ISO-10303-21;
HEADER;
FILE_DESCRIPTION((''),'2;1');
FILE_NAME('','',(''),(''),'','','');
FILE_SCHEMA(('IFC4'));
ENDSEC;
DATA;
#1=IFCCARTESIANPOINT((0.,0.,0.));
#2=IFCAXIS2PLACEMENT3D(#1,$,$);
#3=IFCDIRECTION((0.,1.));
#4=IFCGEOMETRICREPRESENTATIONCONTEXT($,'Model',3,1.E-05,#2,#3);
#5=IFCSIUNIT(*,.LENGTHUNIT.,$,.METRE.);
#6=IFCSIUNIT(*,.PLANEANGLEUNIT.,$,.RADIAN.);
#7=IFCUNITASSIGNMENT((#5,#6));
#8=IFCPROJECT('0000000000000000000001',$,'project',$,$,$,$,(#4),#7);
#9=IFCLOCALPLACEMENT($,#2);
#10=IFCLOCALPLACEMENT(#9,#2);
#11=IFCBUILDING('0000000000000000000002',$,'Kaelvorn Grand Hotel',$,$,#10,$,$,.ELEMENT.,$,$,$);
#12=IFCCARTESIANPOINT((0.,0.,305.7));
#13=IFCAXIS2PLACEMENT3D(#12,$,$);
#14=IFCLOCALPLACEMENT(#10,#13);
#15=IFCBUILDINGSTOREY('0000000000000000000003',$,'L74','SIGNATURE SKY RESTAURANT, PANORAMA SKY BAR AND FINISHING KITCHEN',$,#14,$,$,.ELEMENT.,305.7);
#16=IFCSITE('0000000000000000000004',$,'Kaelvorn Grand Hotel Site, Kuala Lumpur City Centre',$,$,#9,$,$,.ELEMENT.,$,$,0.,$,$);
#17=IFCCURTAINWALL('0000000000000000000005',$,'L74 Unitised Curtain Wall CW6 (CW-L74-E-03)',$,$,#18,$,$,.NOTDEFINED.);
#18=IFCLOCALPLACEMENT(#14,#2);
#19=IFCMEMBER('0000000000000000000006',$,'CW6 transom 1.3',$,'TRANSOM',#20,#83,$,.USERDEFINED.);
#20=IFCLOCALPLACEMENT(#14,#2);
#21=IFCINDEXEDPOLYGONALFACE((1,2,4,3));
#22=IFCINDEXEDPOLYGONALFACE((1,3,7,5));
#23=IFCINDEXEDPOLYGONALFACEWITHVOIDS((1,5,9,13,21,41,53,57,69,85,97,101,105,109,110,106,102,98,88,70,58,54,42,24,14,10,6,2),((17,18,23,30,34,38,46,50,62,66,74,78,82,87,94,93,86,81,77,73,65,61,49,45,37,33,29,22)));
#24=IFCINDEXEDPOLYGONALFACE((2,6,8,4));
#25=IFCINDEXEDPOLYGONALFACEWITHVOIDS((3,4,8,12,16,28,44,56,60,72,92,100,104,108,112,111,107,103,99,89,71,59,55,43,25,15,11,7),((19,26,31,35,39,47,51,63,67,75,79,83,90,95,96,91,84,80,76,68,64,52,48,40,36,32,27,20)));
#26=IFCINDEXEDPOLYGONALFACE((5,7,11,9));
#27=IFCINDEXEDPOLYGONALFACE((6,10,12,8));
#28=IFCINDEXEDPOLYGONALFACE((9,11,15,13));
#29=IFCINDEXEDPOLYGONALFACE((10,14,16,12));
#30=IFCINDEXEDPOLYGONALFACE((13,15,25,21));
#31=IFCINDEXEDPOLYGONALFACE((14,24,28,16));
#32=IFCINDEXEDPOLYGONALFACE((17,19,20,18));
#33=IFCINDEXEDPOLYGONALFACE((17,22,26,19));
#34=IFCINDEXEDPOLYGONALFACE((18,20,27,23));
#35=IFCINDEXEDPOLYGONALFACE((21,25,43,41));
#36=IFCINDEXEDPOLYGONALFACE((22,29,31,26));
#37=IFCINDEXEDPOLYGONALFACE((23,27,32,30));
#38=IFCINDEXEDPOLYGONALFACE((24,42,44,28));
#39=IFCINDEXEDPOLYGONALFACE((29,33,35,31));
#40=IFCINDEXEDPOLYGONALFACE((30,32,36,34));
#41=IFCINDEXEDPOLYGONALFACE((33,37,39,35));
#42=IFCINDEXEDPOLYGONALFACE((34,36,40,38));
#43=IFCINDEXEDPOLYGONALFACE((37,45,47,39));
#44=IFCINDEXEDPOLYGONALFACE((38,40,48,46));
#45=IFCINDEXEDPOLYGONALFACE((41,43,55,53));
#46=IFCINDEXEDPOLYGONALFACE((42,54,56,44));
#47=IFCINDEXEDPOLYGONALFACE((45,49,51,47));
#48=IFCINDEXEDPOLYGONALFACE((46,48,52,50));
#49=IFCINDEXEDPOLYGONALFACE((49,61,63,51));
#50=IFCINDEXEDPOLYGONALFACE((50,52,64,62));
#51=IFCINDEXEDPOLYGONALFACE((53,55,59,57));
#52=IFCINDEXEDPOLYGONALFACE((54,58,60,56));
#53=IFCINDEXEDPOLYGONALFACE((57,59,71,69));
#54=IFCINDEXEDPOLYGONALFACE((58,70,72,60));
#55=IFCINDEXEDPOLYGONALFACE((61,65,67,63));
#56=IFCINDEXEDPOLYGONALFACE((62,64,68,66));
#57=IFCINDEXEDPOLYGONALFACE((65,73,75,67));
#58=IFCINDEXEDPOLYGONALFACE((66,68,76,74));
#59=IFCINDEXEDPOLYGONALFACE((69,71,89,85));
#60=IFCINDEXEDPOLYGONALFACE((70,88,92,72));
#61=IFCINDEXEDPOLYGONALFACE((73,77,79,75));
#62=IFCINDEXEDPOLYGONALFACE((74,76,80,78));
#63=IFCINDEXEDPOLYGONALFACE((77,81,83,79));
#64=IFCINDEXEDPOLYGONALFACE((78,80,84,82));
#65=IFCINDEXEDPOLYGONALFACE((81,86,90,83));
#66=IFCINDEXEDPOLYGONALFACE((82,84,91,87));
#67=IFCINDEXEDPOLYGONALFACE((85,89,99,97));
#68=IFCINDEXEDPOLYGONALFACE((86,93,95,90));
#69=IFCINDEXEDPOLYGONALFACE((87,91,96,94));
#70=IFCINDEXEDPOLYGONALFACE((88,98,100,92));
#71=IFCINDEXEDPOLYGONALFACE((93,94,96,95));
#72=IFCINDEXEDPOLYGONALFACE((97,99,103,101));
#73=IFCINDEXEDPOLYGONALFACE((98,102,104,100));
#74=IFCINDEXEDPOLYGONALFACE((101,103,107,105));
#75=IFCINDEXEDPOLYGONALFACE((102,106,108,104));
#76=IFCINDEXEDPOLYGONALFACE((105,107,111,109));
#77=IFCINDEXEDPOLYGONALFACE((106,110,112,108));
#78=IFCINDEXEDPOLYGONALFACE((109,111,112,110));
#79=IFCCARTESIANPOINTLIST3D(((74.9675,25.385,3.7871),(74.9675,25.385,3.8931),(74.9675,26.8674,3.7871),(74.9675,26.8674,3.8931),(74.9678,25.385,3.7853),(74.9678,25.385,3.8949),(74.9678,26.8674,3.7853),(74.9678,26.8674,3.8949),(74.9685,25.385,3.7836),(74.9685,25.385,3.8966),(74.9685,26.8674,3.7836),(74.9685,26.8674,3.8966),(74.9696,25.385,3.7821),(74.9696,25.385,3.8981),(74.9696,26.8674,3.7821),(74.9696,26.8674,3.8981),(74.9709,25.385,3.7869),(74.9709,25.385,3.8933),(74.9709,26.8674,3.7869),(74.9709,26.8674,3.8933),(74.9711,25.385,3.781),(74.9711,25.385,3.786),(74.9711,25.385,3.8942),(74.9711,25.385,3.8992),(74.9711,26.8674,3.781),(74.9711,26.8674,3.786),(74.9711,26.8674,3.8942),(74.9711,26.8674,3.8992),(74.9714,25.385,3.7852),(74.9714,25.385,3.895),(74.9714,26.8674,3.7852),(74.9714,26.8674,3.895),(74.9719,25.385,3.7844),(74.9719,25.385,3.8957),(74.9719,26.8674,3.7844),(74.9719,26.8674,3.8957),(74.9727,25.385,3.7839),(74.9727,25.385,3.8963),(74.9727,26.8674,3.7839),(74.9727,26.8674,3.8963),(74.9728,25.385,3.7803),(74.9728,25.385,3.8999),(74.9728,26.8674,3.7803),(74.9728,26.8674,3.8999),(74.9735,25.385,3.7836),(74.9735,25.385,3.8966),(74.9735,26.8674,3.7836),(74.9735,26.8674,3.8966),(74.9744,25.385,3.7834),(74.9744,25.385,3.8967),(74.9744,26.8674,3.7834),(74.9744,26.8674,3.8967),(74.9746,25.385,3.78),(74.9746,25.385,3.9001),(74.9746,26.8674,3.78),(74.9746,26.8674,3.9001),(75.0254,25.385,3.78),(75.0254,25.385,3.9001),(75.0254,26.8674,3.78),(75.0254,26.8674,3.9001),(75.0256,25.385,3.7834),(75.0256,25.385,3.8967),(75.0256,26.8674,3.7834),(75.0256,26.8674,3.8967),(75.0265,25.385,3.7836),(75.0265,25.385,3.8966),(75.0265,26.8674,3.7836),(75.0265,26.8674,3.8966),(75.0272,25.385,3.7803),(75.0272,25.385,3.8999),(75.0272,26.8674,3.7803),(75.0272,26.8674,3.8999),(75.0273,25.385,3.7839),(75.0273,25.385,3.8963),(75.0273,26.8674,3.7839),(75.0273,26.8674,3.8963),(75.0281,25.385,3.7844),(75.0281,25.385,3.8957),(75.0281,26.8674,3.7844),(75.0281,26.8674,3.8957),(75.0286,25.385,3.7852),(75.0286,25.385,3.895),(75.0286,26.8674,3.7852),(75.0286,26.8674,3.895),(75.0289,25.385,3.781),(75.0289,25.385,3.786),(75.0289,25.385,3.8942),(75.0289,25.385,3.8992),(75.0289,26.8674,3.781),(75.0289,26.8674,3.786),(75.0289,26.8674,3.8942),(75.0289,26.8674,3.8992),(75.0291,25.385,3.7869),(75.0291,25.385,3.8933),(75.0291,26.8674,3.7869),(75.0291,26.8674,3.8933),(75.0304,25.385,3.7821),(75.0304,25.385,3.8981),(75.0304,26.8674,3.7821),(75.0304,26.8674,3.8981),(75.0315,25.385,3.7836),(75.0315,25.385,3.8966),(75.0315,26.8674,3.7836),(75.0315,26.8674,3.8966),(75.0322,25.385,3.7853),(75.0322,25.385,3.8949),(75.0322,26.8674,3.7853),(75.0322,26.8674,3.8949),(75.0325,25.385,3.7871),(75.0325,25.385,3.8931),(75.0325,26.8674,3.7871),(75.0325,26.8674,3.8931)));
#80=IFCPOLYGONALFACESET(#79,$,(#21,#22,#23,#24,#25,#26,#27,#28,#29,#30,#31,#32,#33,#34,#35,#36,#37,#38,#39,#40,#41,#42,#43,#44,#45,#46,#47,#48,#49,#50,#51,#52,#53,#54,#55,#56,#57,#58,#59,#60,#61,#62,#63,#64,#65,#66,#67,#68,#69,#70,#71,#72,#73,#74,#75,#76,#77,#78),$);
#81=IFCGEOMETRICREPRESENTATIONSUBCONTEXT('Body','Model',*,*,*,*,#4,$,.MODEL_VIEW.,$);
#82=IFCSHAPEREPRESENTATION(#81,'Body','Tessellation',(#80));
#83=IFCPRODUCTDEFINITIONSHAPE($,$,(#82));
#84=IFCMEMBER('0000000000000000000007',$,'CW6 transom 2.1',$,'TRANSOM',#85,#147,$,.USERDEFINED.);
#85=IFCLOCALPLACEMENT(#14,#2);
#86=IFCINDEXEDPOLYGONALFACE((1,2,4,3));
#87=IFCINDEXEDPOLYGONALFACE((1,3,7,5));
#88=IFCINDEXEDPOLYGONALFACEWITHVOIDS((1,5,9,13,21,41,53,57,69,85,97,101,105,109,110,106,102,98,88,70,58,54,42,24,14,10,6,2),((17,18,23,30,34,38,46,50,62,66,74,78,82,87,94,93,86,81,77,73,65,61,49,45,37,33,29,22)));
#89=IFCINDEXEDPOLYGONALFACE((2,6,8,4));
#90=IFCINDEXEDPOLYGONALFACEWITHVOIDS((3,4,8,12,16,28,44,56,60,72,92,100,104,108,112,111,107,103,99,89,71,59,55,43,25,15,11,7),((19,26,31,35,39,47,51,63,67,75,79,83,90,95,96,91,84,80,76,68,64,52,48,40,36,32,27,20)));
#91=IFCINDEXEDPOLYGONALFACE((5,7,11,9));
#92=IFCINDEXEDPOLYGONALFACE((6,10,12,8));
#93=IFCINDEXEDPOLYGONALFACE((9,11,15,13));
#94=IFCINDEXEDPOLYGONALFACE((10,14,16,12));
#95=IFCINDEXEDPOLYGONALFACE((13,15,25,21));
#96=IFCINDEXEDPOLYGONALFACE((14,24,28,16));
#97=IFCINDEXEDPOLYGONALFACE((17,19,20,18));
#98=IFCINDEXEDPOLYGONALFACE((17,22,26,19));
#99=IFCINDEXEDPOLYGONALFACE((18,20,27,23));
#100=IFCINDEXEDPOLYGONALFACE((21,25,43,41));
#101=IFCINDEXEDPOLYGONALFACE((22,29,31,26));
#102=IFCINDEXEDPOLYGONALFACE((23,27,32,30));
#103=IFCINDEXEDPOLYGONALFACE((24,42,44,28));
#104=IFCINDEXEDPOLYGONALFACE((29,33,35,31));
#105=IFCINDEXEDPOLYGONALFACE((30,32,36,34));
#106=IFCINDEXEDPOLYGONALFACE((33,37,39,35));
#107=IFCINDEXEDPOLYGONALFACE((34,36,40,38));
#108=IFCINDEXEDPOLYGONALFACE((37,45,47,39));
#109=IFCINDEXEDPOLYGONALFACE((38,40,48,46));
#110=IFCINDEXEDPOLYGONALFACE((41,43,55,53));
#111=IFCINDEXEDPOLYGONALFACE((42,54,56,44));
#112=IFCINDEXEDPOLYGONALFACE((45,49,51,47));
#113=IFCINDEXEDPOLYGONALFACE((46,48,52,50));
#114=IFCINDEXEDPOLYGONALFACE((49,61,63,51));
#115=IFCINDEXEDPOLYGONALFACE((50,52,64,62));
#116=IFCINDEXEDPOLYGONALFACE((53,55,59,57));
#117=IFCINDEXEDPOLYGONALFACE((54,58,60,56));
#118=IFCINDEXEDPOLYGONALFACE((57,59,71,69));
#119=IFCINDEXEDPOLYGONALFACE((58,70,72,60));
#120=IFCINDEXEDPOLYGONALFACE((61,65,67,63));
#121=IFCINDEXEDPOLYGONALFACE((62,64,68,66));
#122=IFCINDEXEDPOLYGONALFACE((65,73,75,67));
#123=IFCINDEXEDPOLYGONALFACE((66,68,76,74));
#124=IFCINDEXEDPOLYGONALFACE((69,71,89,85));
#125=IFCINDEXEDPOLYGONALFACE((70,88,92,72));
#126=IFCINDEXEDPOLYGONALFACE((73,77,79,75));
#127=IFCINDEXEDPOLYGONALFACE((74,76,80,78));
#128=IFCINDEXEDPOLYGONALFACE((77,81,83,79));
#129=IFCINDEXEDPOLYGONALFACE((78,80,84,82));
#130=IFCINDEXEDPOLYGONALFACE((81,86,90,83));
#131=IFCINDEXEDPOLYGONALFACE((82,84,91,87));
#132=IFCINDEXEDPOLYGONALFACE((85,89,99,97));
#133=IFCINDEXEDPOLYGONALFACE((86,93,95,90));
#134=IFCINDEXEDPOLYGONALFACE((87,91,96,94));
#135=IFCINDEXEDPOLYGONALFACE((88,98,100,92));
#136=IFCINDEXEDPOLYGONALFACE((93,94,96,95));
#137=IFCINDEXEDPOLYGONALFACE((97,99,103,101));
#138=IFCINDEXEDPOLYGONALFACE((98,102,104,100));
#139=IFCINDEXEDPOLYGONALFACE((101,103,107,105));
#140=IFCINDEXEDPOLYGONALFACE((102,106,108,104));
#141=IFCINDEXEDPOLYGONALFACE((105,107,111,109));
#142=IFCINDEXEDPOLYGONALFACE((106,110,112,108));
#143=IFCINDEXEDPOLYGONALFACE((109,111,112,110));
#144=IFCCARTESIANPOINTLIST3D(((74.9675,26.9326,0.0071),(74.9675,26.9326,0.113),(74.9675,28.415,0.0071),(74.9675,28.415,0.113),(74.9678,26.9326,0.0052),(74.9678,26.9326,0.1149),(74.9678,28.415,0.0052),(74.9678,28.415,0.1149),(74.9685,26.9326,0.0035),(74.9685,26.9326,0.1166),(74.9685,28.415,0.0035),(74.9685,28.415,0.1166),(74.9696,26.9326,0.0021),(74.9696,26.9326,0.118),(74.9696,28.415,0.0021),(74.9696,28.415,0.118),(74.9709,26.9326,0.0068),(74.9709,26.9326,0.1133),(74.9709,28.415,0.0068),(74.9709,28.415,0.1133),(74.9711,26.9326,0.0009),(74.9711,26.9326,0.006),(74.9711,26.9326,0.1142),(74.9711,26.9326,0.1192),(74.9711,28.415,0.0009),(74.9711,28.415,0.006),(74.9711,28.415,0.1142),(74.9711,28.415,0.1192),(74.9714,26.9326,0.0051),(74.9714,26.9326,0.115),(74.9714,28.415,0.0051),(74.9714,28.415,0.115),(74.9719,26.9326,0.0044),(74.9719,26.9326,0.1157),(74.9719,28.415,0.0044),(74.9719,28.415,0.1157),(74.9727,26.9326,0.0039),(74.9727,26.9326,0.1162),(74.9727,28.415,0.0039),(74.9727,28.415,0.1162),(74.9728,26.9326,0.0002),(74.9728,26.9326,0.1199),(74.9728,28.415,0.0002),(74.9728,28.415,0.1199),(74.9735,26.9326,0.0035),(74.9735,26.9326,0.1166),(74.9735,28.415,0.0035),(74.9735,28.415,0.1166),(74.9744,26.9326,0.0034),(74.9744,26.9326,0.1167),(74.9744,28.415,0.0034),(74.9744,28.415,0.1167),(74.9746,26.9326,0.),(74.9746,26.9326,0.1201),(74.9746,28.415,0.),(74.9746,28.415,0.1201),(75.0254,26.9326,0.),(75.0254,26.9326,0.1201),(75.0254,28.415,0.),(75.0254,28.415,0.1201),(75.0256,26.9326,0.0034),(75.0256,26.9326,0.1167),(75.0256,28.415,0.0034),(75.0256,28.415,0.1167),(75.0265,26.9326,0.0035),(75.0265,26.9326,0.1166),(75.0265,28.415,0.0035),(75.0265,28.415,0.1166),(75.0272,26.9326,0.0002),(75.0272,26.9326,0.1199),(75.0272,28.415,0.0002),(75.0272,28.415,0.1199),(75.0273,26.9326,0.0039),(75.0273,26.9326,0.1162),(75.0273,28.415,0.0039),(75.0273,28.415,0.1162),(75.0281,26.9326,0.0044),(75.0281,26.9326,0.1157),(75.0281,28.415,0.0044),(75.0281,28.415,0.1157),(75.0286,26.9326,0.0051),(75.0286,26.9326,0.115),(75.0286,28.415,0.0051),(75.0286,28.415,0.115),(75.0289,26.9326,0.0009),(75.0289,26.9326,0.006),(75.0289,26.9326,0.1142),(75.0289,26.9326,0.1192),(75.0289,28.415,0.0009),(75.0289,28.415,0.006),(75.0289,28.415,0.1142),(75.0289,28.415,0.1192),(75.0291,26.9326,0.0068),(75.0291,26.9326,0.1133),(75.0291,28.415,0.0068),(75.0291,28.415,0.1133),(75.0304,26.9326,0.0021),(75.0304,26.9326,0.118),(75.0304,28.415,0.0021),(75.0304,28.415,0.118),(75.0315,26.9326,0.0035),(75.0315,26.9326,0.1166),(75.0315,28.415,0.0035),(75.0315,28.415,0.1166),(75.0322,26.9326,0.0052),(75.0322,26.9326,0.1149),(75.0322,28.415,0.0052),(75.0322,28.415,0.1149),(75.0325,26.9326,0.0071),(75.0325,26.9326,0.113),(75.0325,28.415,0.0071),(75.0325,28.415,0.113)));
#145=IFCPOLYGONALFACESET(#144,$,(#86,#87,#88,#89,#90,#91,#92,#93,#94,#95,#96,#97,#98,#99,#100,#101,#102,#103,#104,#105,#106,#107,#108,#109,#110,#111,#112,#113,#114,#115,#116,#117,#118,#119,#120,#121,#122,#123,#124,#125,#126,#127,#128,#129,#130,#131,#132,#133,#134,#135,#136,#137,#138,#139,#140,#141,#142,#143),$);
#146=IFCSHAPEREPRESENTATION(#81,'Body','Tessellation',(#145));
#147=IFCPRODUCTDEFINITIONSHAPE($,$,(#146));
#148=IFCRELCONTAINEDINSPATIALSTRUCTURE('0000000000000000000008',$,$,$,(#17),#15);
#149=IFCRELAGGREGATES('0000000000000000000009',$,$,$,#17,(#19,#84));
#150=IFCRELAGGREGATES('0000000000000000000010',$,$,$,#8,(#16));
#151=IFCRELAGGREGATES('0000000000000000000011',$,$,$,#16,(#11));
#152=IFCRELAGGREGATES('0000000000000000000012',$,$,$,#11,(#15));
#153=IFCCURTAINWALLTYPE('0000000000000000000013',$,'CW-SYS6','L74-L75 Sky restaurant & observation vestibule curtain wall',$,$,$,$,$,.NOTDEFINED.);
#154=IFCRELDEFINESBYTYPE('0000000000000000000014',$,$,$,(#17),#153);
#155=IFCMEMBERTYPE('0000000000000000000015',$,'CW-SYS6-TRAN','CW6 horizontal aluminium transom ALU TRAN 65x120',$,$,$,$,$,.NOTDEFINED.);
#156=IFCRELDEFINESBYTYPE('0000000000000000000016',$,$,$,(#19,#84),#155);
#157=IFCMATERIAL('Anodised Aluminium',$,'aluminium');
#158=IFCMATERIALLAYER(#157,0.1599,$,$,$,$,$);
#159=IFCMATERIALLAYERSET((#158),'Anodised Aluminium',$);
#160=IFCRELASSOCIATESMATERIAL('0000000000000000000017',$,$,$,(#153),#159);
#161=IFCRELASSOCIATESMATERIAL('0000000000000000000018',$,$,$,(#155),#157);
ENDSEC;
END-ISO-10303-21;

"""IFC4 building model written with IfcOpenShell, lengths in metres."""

from ifc_helpers import new_model, si_unit, direction, frame, origin, origin_2d, place, context, subcontext, project, spatial, hollow_rectangle, extrude, material, layer, layer_set, material_profile, profile_set, type_object, element, aggregate, save


model = new_model("IFC4")

# Units and contexts
model_context = context("Model", 3, precision=1e-05, world=origin(), true_north=direction((0.0, 1.0)))
body_context = subcontext(model_context, "Body", "Model", "MODEL_VIEW")
ifc_project = project(units=[si_unit("LENGTHUNIT", "METRE"), si_unit("PLANEANGLEUNIT", "RADIAN")], contexts=[model_context])

# Site, building, storey
site_placement = place(None, origin())
site = spatial("IfcSite", under=ifc_project, at=site_placement, Name="Kaelvorn Grand Hotel Site, Kuala Lumpur City Centre", CompositionType="ELEMENT", RefElevation=0.0)
building_placement = place(site_placement, origin())
building = spatial("IfcBuilding", under=site, at=building_placement, Name="Kaelvorn Grand Hotel", CompositionType="ELEMENT")
storey_placement = place(building_placement, frame((0.0, 0.0, 305.7)))
storey = spatial("IfcBuildingStorey", under=building, at=storey_placement, Name="L74", Description="SIGNATURE SKY RESTAURANT, PANORAMA SKY BAR AND FINISHING KITCHEN", CompositionType="ELEMENT", Elevation=305.7)

# Curtain wall
ifc_material_1 = material(Name="Anodised Aluminium", Category="aluminium")
ifc_layer_1 = layer(ifc_material_1, 0.1599)
ifc_layer_set_1 = layer_set([ifc_layer_1], Name="Anodised Aluminium")
curtain_wall_type = type_object("IfcCurtainWallType", Name="CW-SYS6", Description="L74-L75 Sky restaurant & observation vestibule curtain wall", PredefinedType="NOTDEFINED", material=ifc_layer_set_1)
curtain_wall_1_placement = place(storey_placement, origin())
curtain_wall_1 = element("IfcCurtainWall", 1, at=curtain_wall_1_placement, inside=storey, type_object=curtain_wall_type, Name="L74 Unitised Curtain Wall CW6 (CW-L74-E-03)", PredefinedType="NOTDEFINED")

# Members
ifc_material_profile_1 = material_profile(ifc_material_1, hollow_rectangle(XDim=0.0649, YDim=0.1201, WallThickness=0.0034, InnerFilletRadius=0.0034, OuterFilletRadius=0.0071, at=origin_2d()), Name="ALU TRAN 65x120")
ifc_profile_set_1 = profile_set([ifc_material_profile_1], Name="Anodised Aluminium")
member_type_1 = type_object("IfcMemberType", Name="CW-SYS6-TRAN", Description="CW6 horizontal aluminium transom ALU TRAN 65x120", PredefinedType="NOTDEFINED", material=ifc_profile_set_1)
member_1_placement = place(storey_placement, frame((75.0, 25.385, 3.8401), z_axis=(0.0, 1.0, 0.0), x_axis=(-1.0, 0.0, 0.0)))
member_1 = element("IfcMember", 2, at=member_1_placement, type_object=member_type_1, Name="CW6 transom 1.3", ObjectType="TRANSOM", PredefinedType="USERDEFINED", context=body_context, shape_type="SweptSolid", body=[
    extrude(hollow_rectangle(XDim=0.0649, YDim=0.1201, WallThickness=0.0034, InnerFilletRadius=0.0034, OuterFilletRadius=0.0071, at=origin_2d()), origin(), (0.0, 0.0, 1.0), 1.4824),
])
member_2_placement = place(storey_placement, frame((75.0, 26.9326, 0.0601), z_axis=(0.0, 1.0, 0.0), x_axis=(-1.0, 0.0, 0.0)))
member_2 = element("IfcMember", 3, at=member_2_placement, type_object=member_type_1, Name="CW6 transom 2.1", ObjectType="TRANSOM", PredefinedType="USERDEFINED", context=body_context, shape_type="SweptSolid", body=[
    extrude(hollow_rectangle(XDim=0.0649, YDim=0.1201, WallThickness=0.0034, InnerFilletRadius=0.0034, OuterFilletRadius=0.0071, at=origin_2d()), origin(), (0.0, 0.0, 1.0), 1.4824),
])

aggregate(curtain_wall_1, [member_1, member_2])

save(model, "model.ifc")
